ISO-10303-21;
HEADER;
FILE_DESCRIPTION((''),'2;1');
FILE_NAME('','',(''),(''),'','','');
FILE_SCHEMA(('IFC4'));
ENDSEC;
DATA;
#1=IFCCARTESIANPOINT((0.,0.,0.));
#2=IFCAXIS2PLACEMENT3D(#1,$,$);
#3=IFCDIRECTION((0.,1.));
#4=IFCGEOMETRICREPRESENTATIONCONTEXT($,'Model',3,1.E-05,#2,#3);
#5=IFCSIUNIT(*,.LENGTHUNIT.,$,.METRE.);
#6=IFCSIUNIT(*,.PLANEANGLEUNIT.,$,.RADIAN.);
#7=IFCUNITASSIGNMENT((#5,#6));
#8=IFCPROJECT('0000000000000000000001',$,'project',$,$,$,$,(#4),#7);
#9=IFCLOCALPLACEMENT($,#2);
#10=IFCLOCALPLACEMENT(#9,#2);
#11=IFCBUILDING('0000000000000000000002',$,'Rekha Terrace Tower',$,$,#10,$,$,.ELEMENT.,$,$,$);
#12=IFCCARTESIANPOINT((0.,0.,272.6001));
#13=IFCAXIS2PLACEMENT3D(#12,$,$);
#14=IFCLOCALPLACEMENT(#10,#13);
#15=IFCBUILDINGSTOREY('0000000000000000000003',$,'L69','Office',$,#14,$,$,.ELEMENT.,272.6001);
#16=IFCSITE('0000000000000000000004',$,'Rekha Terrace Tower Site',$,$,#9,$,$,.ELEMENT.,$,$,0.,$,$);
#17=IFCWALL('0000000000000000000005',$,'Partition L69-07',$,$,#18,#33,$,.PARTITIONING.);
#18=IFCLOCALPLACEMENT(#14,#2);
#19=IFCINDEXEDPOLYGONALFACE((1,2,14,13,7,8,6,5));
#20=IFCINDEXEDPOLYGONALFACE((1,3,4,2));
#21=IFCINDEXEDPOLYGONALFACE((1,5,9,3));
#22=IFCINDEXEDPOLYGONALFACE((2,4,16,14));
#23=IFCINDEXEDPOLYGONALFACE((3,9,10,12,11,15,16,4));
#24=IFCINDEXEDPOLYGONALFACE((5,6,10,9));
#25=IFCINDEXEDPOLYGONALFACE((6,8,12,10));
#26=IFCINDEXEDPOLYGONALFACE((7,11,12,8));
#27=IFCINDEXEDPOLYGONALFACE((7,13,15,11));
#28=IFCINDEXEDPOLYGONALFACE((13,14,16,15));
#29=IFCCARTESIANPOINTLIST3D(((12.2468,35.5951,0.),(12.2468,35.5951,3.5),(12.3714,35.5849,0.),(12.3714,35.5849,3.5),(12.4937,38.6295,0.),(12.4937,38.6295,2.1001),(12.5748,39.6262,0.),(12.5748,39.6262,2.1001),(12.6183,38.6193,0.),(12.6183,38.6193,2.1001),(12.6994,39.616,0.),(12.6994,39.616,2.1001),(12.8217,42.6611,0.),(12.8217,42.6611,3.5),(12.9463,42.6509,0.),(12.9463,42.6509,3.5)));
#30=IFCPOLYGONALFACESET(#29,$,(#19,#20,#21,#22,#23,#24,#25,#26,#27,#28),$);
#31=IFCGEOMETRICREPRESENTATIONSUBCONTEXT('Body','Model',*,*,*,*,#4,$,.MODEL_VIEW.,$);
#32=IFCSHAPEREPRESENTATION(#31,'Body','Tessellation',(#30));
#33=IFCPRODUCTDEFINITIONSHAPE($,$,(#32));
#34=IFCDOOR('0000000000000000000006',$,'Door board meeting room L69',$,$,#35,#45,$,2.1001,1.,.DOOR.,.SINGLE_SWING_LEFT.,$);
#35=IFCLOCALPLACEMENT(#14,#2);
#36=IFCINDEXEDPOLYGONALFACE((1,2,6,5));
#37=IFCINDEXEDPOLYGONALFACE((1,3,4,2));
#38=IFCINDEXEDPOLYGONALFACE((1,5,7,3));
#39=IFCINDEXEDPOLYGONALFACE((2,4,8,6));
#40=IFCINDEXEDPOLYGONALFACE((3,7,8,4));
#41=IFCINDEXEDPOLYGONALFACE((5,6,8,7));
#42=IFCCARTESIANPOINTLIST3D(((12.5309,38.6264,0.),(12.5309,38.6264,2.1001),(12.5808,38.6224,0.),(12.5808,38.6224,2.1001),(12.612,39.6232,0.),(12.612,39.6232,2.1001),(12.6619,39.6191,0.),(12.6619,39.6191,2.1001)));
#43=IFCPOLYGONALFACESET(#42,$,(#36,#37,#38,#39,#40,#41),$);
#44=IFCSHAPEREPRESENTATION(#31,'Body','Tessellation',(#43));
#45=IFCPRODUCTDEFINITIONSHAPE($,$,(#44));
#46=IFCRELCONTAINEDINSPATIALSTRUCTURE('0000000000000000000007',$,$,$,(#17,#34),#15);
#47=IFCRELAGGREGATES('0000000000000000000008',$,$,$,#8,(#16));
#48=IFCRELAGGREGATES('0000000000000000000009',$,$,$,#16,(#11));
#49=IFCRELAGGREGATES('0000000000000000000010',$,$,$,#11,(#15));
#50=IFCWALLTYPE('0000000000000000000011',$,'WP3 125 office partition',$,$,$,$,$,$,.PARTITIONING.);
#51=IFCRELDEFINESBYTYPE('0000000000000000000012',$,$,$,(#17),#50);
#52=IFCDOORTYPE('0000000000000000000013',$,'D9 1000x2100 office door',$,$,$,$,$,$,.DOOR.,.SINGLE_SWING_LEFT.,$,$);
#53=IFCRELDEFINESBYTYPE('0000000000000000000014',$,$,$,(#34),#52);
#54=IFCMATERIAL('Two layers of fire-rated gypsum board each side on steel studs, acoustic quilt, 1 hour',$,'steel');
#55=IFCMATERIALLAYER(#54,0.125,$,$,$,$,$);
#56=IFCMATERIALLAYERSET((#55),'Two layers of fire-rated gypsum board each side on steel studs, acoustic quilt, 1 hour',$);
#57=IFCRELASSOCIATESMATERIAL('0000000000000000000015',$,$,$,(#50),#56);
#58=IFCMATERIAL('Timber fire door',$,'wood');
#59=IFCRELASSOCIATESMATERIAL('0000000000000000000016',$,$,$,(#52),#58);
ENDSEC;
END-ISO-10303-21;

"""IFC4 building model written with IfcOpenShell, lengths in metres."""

from ifc_helpers import new_model, si_unit, direction, frame, frame_2d, origin, place, context, subcontext, project, spatial, rectangle, extrude, material, layer, layer_set, type_object, element, fill, save


model = new_model("IFC4")

# Units and contexts
model_context = context("Model", 3, precision=1e-05, world=origin(), true_north=direction((0.0, 1.0)))
body_context = subcontext(model_context, "Body", "Model", "MODEL_VIEW")
ifc_project = project(units=[si_unit("LENGTHUNIT", "METRE"), si_unit("PLANEANGLEUNIT", "RADIAN")], contexts=[model_context])

# Site, building, storey
site_placement = place(None, origin())
site = spatial("IfcSite", under=ifc_project, at=site_placement, Name="Rekha Terrace Tower Site", CompositionType="ELEMENT", RefElevation=0.0)
building_placement = place(site_placement, origin())
building = spatial("IfcBuilding", under=site, at=building_placement, Name="Rekha Terrace Tower", CompositionType="ELEMENT")
storey_placement = place(building_placement, frame((0.0, 0.0, 272.6001)))
storey = spatial("IfcBuildingStorey", under=building, at=storey_placement, Name="L69", Description="Office", CompositionType="ELEMENT", Elevation=272.6001)

# Shared definitions
ifc_material_1 = material(Name="Two layers of fire-rated gypsum board each side on steel studs, acoustic quilt, 1 hour", Category="steel")
ifc_layer_1 = layer(ifc_material_1, 0.125)
ifc_layer_set_1 = layer_set([ifc_layer_1], Name="Two layers of fire-rated gypsum board each side on steel studs, acoustic quilt, 1 hour")
wall_type = type_object("IfcWallType", Name="WP3 125 office partition", PredefinedType="PARTITIONING", material=ifc_layer_set_1)

# Wall, opening, door
wall_1_placement = place(storey_placement, frame((12.884, 42.656, 0.0), z_axis=(0.0, 0.0, 1.0), x_axis=(-0.081102, -0.996706, 0.0)))
wall_1 = element("IfcWall", 1, at=wall_1_placement, inside=storey, type_object=wall_type, Name="Partition L69-07", PredefinedType="PARTITIONING", context=body_context, shape_type="SweptSolid", body=[
    extrude(rectangle(XDim=7.0894, YDim=0.125, at=frame_2d((3.5447, 0.0))), origin(), (0.0, 0.0, 1.0), 3.5),
])
opening_placement = place(wall_1_placement, frame((3.0449, 0.0, 0.0)))
opening = element("IfcOpeningElement", 2, at=opening_placement, cuts=wall_1, PredefinedType="OPENING", context=body_context, shape_type="SweptSolid", body=[
    extrude(rectangle(XDim=1.0, YDim=2.1001, at=frame_2d((0.5, 1.05))), frame((0.0, 0.0725, 0.0), z_axis=(0.0, -1.0, 0.0), x_axis=(1.0, 0.0, 0.0)), (0.0, 0.0, 1.0), 0.145),
])
ifc_material_2 = material(Name="Timber fire door", Category="wood")
door_type = type_object("IfcDoorType", Name="D9 1000x2100 office door", OperationType="SINGLE_SWING_LEFT", PredefinedType="DOOR", material=ifc_material_2)
door_placement = place(opening_placement, origin())
door = element("IfcDoor", 3, at=door_placement, inside=storey, type_object=door_type, Name="Door board meeting room L69", OperationType="SINGLE_SWING_LEFT", OverallHeight=2.1001, OverallWidth=1.0, PredefinedType="DOOR", context=body_context, shape_type="SweptSolid", body=[
    extrude(rectangle(XDim=1.0, YDim=2.1001, at=frame_2d((0.5, 1.05))), frame((0.0, 0.0249, 0.0), z_axis=(0.0, -1.0, 0.0), x_axis=(1.0, 0.0, 0.0)), (0.0, 0.0, 1.0), 0.05),
])
fill(opening, door)

save(model, "model.ifc")
